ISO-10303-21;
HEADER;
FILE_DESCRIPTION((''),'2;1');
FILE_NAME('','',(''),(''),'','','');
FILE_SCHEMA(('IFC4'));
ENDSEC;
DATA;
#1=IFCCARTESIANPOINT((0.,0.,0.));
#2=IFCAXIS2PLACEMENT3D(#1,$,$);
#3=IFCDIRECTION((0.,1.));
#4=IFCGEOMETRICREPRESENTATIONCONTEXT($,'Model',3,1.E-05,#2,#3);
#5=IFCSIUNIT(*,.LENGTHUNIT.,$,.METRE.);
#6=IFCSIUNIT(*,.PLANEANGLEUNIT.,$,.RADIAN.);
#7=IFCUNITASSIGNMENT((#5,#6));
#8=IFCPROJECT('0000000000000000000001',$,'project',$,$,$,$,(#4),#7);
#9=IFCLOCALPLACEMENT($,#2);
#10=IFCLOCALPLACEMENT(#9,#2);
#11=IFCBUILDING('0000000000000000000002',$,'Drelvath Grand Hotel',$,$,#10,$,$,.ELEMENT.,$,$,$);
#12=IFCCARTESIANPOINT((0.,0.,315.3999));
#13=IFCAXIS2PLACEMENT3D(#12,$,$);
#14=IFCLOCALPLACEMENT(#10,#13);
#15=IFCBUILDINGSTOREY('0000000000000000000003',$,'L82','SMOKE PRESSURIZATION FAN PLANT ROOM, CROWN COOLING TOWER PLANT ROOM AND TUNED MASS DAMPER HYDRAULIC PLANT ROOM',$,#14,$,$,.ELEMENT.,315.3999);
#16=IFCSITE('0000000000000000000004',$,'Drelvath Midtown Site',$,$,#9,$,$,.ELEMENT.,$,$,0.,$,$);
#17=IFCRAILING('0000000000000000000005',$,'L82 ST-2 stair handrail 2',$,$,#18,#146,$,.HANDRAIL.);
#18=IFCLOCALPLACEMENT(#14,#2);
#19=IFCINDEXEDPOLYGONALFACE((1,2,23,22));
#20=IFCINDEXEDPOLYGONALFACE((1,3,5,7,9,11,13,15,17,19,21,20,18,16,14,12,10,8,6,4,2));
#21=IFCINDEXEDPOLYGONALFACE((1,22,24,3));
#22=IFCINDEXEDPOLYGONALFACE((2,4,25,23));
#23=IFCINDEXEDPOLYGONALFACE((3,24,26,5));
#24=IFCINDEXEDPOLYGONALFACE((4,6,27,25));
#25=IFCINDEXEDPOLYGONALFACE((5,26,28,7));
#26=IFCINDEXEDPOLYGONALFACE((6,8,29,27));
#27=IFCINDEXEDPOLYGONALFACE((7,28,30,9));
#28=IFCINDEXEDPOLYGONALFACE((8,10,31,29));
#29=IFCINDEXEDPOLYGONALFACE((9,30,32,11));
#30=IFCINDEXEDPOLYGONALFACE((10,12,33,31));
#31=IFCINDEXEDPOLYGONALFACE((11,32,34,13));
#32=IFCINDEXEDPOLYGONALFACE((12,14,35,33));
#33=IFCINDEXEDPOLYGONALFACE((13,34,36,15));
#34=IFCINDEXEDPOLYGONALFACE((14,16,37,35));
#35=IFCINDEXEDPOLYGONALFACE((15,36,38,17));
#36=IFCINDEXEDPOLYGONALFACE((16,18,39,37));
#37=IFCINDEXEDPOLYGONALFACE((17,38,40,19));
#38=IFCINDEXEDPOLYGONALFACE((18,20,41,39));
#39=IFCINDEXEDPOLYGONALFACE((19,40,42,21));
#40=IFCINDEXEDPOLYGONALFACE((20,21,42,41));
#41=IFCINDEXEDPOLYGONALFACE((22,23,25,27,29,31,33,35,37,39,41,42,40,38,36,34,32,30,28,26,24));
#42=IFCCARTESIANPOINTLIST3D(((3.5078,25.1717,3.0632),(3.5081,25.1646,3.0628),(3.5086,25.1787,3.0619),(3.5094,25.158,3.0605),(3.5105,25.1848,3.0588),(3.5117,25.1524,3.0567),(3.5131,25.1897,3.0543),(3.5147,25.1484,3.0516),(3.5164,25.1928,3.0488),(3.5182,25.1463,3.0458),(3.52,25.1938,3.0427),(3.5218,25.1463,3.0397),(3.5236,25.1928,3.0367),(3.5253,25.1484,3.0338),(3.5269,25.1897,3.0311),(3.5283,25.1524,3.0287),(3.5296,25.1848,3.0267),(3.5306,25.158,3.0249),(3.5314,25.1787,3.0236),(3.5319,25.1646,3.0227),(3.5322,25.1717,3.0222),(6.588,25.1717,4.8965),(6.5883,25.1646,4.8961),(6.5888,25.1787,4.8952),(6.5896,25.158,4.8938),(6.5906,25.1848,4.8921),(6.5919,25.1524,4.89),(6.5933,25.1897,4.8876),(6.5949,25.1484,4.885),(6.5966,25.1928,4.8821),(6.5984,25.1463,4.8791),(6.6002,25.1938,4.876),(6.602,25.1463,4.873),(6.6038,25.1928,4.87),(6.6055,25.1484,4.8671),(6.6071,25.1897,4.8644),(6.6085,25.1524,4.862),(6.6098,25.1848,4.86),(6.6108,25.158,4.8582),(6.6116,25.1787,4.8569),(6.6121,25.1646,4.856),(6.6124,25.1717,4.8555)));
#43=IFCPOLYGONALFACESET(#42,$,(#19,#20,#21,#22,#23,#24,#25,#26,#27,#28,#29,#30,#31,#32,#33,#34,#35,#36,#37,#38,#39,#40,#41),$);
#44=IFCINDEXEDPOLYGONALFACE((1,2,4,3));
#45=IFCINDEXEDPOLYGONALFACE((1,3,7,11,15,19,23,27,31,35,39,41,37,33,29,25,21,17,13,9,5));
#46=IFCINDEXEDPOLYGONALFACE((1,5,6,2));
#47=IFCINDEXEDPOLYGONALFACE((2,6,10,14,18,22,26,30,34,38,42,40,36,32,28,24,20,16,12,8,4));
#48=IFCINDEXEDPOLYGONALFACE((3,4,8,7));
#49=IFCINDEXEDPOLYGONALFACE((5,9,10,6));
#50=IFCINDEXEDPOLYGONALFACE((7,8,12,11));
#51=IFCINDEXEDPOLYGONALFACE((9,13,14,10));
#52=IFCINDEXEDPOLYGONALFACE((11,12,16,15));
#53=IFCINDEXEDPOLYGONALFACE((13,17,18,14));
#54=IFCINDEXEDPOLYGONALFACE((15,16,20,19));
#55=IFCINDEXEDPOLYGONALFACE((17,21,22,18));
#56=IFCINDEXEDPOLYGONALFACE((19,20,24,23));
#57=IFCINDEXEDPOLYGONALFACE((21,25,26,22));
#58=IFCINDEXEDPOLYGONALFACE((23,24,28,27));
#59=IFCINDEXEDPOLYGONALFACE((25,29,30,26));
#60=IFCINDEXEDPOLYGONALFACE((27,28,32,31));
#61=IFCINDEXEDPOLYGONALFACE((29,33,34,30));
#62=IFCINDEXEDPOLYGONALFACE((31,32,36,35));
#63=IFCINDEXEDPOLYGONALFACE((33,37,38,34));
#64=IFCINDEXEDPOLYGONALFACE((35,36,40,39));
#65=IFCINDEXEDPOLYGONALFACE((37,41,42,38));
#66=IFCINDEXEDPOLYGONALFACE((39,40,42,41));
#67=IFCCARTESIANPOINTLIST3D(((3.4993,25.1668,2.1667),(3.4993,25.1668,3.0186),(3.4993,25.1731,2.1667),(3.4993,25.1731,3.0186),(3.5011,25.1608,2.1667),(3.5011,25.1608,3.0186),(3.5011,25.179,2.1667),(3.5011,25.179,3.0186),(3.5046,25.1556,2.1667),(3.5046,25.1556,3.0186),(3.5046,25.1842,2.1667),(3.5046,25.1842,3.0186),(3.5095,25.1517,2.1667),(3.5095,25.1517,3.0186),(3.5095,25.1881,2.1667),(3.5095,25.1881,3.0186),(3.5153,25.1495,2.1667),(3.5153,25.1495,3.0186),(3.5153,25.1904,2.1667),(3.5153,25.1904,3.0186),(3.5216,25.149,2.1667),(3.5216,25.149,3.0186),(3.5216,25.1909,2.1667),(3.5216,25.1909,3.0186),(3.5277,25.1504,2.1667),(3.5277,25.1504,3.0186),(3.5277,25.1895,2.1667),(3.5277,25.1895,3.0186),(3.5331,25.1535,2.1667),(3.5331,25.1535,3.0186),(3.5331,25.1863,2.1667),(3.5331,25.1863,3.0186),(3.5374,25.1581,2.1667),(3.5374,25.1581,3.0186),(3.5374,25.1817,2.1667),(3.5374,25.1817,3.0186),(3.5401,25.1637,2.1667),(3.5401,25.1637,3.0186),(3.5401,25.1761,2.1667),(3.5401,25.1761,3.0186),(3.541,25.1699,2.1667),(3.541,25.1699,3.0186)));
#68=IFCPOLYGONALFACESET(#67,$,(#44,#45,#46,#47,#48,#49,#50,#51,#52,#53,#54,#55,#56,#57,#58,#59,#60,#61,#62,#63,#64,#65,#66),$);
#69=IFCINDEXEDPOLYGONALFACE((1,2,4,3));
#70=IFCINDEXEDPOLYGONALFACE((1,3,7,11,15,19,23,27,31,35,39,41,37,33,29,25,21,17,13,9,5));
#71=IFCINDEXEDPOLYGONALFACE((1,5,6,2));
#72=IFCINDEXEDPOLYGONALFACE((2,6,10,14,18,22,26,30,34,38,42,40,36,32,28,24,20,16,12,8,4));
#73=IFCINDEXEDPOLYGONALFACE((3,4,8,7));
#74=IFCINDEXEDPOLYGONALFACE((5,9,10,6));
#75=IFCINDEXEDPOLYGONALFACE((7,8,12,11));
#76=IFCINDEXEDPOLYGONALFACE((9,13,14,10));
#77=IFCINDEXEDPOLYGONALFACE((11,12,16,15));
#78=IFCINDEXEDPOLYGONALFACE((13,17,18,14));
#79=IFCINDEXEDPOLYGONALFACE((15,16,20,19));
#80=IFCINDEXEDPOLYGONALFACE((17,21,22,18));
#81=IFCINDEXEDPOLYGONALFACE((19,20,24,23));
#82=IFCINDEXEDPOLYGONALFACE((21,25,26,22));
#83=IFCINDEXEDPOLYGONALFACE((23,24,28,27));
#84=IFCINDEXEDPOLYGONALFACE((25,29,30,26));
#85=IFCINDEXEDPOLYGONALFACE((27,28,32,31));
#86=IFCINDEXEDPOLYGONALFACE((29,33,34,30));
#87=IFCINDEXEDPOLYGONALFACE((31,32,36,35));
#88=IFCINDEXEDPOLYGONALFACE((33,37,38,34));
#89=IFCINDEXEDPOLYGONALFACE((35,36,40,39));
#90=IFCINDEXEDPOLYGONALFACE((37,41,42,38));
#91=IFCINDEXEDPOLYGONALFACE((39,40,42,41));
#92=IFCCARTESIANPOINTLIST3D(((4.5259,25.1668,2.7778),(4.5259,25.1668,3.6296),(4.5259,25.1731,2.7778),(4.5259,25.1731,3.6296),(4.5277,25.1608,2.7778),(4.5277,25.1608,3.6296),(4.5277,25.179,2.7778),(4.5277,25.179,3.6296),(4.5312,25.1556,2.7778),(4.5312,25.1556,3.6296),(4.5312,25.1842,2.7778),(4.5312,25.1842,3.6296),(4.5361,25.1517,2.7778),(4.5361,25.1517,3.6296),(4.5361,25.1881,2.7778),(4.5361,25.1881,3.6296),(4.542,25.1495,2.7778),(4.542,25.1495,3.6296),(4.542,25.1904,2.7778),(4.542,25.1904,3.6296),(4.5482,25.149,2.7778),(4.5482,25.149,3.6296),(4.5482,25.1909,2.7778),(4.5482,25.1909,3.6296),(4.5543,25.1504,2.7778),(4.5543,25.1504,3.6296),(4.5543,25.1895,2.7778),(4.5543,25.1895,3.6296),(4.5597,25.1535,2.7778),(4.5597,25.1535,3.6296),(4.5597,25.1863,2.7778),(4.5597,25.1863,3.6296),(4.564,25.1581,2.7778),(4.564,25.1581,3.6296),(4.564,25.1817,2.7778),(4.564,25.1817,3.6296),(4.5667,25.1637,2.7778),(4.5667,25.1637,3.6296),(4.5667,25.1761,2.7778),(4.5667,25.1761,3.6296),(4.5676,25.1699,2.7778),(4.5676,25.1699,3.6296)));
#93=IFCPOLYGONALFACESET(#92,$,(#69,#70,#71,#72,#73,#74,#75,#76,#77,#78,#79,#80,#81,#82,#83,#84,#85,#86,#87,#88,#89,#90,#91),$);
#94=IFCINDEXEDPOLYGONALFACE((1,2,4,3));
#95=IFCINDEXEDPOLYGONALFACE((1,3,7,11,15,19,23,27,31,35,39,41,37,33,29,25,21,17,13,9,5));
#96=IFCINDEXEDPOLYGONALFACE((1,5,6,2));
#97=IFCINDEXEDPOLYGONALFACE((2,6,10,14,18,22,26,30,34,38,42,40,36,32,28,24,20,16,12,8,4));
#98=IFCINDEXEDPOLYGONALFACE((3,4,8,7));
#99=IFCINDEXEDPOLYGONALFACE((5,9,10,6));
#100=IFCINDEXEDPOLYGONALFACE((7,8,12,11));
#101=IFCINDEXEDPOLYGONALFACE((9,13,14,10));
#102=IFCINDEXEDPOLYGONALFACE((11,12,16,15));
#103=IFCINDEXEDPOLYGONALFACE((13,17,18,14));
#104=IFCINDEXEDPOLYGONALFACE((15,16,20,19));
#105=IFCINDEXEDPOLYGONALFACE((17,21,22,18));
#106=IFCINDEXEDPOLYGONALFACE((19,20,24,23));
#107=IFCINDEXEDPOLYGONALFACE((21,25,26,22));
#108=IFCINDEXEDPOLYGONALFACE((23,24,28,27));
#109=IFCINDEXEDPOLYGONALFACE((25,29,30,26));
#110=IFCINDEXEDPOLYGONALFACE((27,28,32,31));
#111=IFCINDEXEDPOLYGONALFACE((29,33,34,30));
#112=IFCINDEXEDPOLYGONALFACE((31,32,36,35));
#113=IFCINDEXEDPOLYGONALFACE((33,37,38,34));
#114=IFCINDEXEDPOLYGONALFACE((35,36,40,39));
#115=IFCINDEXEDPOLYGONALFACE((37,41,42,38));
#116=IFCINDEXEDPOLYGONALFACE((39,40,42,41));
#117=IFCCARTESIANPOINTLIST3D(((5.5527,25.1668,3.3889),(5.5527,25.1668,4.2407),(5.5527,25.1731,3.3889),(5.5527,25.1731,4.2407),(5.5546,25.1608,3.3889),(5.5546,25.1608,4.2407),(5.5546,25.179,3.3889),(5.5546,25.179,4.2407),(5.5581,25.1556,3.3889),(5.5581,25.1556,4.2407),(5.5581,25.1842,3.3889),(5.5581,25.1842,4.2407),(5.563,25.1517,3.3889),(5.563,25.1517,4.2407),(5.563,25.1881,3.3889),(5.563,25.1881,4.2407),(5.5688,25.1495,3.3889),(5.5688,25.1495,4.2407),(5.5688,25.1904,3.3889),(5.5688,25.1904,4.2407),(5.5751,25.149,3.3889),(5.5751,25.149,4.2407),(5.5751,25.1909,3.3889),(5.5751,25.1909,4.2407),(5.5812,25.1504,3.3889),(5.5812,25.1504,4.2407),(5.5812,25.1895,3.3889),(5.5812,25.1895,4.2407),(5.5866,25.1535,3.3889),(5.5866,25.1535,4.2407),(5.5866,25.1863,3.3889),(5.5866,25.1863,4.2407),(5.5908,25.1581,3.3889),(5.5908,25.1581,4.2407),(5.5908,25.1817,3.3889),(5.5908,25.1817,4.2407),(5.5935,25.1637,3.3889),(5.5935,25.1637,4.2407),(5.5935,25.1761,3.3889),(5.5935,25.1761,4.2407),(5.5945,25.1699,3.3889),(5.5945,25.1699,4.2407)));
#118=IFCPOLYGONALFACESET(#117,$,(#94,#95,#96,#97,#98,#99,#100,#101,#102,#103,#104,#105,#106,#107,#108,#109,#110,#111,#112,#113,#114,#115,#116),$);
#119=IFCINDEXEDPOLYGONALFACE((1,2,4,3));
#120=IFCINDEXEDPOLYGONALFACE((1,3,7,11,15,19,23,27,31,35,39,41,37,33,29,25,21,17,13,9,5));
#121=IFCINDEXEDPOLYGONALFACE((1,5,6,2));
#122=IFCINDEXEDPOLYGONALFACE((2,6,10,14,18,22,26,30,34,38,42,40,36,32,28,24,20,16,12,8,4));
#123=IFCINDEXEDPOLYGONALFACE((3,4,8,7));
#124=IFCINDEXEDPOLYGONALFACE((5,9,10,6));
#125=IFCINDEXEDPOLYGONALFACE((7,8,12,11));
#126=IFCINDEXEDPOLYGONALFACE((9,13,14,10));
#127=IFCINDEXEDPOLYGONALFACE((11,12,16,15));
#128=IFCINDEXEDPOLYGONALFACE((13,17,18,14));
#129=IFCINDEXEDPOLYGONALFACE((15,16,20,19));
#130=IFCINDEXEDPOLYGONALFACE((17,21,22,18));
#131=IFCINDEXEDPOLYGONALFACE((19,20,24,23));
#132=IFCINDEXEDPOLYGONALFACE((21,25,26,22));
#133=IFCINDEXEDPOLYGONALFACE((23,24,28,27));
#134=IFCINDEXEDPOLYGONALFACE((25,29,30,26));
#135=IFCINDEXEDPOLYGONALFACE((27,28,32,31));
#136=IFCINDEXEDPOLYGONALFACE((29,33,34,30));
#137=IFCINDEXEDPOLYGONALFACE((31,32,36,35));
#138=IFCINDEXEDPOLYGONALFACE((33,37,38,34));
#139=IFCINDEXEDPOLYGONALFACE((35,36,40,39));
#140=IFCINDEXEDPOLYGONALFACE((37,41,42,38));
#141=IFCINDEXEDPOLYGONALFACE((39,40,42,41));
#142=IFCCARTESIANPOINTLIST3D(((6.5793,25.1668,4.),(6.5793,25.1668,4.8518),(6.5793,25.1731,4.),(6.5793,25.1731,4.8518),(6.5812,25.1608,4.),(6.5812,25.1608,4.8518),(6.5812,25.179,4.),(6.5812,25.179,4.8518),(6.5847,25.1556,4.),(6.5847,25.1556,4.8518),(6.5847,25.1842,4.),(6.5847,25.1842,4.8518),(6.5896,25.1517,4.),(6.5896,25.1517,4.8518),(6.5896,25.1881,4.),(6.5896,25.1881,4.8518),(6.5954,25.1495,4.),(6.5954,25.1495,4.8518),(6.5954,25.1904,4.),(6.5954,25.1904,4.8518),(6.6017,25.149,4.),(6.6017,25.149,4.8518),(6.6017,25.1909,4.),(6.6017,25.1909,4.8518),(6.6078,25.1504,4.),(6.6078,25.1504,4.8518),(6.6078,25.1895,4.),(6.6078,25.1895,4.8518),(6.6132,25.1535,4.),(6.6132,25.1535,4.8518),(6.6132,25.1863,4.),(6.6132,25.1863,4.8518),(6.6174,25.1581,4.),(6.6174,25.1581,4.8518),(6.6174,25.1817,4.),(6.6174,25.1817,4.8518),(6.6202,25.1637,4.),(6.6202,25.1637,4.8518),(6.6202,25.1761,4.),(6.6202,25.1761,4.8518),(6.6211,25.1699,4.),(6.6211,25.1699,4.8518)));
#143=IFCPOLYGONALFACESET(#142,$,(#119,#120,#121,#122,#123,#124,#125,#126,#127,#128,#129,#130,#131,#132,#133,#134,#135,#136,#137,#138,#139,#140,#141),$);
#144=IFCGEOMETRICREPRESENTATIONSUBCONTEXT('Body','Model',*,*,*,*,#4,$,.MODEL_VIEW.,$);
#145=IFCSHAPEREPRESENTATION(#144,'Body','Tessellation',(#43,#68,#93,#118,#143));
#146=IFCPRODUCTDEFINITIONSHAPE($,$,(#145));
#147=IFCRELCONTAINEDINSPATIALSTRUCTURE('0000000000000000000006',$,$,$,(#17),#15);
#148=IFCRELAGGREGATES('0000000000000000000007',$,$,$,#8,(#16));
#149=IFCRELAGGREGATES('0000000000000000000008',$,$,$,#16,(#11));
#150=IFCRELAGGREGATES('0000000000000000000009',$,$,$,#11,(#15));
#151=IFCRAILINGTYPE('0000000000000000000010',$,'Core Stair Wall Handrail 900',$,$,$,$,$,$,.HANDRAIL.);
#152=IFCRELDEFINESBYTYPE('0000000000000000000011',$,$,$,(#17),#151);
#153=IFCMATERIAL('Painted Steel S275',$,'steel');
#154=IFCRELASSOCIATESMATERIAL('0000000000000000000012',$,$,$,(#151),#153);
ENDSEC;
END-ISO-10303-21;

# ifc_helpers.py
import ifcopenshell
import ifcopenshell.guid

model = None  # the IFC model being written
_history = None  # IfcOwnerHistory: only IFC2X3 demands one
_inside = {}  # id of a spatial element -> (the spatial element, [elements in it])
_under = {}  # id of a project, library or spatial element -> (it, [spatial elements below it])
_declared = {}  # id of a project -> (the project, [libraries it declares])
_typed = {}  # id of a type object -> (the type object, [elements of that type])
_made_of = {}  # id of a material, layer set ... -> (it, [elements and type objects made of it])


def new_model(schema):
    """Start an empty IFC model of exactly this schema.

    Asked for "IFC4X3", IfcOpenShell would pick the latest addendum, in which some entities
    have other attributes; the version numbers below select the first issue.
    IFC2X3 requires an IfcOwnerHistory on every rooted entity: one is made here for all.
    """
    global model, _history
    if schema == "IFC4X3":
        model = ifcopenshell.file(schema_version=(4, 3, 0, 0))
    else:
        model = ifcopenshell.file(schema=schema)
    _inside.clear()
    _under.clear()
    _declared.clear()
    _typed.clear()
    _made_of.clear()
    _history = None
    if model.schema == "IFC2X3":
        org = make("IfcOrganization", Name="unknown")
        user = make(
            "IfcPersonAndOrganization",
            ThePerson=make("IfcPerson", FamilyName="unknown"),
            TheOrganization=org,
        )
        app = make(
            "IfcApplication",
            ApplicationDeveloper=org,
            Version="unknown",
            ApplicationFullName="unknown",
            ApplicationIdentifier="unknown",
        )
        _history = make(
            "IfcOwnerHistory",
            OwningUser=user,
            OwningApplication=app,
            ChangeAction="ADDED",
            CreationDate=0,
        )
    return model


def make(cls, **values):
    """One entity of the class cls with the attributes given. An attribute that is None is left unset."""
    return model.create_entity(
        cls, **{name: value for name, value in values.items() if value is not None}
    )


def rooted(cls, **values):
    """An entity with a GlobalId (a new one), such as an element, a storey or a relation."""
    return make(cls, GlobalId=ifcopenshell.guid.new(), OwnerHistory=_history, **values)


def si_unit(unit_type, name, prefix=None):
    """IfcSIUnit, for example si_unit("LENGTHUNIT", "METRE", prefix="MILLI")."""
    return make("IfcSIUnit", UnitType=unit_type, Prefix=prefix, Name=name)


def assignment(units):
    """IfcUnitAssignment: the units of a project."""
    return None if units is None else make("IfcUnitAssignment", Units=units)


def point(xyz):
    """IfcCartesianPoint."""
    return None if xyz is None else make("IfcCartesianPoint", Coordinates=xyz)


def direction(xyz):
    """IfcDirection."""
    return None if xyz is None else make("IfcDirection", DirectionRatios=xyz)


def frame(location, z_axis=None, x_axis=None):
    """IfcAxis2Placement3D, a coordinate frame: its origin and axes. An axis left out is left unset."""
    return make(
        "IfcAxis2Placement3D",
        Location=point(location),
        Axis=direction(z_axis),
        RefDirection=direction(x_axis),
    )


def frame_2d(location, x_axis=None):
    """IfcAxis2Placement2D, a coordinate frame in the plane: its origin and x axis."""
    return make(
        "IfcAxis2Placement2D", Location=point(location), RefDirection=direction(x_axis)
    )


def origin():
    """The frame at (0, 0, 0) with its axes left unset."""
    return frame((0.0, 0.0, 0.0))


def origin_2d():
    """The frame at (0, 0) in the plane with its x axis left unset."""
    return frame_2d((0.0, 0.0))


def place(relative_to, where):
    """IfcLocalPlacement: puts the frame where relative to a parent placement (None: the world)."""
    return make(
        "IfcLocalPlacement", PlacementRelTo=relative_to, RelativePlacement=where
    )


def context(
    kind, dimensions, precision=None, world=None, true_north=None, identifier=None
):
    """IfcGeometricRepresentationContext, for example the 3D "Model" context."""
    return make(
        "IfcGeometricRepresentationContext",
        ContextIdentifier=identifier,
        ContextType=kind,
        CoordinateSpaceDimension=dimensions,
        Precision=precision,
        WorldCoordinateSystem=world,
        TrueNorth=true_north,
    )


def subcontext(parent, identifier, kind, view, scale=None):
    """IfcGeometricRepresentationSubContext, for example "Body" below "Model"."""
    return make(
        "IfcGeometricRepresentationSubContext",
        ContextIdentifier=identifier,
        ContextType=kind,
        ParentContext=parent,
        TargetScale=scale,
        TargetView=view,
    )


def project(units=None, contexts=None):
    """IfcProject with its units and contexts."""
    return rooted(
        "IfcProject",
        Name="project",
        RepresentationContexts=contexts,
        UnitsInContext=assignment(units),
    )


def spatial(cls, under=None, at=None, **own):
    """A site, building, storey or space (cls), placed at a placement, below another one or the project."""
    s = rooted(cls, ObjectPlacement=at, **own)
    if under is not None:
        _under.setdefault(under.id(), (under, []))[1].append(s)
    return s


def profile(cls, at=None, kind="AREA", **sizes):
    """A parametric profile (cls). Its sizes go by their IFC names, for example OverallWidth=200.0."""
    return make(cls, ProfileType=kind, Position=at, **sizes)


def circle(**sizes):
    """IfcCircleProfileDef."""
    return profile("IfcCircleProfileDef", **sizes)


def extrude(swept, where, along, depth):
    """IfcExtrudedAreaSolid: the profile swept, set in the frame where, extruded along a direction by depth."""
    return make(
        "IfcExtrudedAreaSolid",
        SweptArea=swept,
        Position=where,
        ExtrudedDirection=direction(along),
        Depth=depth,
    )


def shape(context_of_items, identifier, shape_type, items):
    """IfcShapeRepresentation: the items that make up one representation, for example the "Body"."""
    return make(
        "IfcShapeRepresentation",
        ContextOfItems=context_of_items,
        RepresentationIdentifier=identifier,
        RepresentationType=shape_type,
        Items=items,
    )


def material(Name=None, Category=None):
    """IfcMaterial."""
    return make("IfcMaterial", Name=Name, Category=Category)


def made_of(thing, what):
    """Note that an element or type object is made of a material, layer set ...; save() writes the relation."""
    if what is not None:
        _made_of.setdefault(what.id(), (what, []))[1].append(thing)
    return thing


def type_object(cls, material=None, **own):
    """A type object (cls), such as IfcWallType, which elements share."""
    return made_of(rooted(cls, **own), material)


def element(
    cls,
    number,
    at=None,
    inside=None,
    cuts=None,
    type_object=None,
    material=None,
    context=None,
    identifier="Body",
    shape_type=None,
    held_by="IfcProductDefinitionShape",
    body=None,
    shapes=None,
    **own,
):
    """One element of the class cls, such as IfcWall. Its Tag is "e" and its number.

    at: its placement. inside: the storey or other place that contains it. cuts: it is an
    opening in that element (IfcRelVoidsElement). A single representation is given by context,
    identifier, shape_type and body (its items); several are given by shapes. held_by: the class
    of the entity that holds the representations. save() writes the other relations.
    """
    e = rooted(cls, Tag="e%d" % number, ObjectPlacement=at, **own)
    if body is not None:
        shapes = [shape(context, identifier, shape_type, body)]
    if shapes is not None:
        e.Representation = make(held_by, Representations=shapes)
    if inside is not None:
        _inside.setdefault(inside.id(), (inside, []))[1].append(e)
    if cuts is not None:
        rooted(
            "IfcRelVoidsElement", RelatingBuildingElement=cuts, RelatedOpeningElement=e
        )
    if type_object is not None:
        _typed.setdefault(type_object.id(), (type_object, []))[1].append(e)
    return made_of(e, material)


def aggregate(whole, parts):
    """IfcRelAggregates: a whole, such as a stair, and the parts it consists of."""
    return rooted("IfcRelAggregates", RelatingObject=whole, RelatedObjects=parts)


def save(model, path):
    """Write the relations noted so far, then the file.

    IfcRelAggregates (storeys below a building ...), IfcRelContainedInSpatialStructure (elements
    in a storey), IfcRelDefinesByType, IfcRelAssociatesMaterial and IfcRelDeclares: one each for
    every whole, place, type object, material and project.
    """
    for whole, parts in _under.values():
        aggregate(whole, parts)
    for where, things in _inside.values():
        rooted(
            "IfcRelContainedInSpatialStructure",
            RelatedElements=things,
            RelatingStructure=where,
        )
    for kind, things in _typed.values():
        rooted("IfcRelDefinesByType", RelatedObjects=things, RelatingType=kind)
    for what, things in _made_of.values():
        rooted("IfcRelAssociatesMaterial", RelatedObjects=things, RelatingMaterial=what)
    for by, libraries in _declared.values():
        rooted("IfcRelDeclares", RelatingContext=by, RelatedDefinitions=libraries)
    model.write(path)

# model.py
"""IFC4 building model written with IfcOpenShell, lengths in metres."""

from ifc_helpers import new_model, si_unit, direction, frame, origin, origin_2d, place, context, subcontext, project, spatial, circle, extrude, material, type_object, element, save


model = new_model("IFC4")

# Units and contexts
model_context = context("Model", 3, precision=1e-05, world=origin(), true_north=direction((0.0, 1.0)))
body_context = subcontext(model_context, "Body", "Model", "MODEL_VIEW")
ifc_project = project(units=[si_unit("LENGTHUNIT", "METRE"), si_unit("PLANEANGLEUNIT", "RADIAN")], contexts=[model_context])

# Site, building, storey
site_placement = place(None, origin())
site = spatial("IfcSite", under=ifc_project, at=site_placement, Name="Drelvath Midtown Site", CompositionType="ELEMENT", RefElevation=0.0)
building_placement = place(site_placement, origin())
building = spatial("IfcBuilding", under=site, at=building_placement, Name="Drelvath Grand Hotel", CompositionType="ELEMENT")
storey_placement = place(building_placement, frame((0.0, 0.0, 315.3999)))
storey = spatial("IfcBuildingStorey", under=building, at=storey_placement, Name="L82", Description="SMOKE PRESSURIZATION FAN PLANT ROOM, CROWN COOLING TOWER PLANT ROOM AND TUNED MASS DAMPER HYDRAULIC PLANT ROOM", CompositionType="ELEMENT", Elevation=315.3999)

# Shared definitions
ifc_material_1 = material(Name="Painted Steel S275", Category="steel")

# Railing
railing_type_1 = type_object("IfcRailingType", Name="Core Stair Wall Handrail 900", PredefinedType="HANDRAIL", material=ifc_material_1)
railing_1_placement = place(storey_placement, frame((3.52, 25.1699, 2.1667)))
element("IfcRailing", 1, at=railing_1_placement, inside=storey, type_object=railing_type_1, Name="L82 ST-2 stair handrail 2", PredefinedType="HANDRAIL", context=body_context, shape_type="SweptSolid", body=[
    extrude(circle(Radius=0.0239, at=origin_2d()), frame((0.0, 0.0, 0.876), z_axis=(0.859309, 0.0, 0.511458), x_axis=(0.0, 1.0, 0.0)), (0.0, 0.0, 1.0), 3.5845),
    extrude(circle(Radius=0.021, at=origin_2d()), origin(), (0.0, 0.0, 1.0), 0.8518),
    extrude(circle(Radius=0.021, at=origin_2d()), frame((1.0266, 0.0, 0.6111)), (0.0, 0.0, 1.0), 0.8518),
    extrude(circle(Radius=0.021, at=origin_2d()), frame((2.0535, 0.0, 1.2222)), (0.0, 0.0, 1.0), 0.8518),
    extrude(circle(Radius=0.021, at=origin_2d()), frame((3.0801, 0.0, 1.8333)), (0.0, 0.0, 1.0), 0.8518),
])

save(model, "model.ifc")
